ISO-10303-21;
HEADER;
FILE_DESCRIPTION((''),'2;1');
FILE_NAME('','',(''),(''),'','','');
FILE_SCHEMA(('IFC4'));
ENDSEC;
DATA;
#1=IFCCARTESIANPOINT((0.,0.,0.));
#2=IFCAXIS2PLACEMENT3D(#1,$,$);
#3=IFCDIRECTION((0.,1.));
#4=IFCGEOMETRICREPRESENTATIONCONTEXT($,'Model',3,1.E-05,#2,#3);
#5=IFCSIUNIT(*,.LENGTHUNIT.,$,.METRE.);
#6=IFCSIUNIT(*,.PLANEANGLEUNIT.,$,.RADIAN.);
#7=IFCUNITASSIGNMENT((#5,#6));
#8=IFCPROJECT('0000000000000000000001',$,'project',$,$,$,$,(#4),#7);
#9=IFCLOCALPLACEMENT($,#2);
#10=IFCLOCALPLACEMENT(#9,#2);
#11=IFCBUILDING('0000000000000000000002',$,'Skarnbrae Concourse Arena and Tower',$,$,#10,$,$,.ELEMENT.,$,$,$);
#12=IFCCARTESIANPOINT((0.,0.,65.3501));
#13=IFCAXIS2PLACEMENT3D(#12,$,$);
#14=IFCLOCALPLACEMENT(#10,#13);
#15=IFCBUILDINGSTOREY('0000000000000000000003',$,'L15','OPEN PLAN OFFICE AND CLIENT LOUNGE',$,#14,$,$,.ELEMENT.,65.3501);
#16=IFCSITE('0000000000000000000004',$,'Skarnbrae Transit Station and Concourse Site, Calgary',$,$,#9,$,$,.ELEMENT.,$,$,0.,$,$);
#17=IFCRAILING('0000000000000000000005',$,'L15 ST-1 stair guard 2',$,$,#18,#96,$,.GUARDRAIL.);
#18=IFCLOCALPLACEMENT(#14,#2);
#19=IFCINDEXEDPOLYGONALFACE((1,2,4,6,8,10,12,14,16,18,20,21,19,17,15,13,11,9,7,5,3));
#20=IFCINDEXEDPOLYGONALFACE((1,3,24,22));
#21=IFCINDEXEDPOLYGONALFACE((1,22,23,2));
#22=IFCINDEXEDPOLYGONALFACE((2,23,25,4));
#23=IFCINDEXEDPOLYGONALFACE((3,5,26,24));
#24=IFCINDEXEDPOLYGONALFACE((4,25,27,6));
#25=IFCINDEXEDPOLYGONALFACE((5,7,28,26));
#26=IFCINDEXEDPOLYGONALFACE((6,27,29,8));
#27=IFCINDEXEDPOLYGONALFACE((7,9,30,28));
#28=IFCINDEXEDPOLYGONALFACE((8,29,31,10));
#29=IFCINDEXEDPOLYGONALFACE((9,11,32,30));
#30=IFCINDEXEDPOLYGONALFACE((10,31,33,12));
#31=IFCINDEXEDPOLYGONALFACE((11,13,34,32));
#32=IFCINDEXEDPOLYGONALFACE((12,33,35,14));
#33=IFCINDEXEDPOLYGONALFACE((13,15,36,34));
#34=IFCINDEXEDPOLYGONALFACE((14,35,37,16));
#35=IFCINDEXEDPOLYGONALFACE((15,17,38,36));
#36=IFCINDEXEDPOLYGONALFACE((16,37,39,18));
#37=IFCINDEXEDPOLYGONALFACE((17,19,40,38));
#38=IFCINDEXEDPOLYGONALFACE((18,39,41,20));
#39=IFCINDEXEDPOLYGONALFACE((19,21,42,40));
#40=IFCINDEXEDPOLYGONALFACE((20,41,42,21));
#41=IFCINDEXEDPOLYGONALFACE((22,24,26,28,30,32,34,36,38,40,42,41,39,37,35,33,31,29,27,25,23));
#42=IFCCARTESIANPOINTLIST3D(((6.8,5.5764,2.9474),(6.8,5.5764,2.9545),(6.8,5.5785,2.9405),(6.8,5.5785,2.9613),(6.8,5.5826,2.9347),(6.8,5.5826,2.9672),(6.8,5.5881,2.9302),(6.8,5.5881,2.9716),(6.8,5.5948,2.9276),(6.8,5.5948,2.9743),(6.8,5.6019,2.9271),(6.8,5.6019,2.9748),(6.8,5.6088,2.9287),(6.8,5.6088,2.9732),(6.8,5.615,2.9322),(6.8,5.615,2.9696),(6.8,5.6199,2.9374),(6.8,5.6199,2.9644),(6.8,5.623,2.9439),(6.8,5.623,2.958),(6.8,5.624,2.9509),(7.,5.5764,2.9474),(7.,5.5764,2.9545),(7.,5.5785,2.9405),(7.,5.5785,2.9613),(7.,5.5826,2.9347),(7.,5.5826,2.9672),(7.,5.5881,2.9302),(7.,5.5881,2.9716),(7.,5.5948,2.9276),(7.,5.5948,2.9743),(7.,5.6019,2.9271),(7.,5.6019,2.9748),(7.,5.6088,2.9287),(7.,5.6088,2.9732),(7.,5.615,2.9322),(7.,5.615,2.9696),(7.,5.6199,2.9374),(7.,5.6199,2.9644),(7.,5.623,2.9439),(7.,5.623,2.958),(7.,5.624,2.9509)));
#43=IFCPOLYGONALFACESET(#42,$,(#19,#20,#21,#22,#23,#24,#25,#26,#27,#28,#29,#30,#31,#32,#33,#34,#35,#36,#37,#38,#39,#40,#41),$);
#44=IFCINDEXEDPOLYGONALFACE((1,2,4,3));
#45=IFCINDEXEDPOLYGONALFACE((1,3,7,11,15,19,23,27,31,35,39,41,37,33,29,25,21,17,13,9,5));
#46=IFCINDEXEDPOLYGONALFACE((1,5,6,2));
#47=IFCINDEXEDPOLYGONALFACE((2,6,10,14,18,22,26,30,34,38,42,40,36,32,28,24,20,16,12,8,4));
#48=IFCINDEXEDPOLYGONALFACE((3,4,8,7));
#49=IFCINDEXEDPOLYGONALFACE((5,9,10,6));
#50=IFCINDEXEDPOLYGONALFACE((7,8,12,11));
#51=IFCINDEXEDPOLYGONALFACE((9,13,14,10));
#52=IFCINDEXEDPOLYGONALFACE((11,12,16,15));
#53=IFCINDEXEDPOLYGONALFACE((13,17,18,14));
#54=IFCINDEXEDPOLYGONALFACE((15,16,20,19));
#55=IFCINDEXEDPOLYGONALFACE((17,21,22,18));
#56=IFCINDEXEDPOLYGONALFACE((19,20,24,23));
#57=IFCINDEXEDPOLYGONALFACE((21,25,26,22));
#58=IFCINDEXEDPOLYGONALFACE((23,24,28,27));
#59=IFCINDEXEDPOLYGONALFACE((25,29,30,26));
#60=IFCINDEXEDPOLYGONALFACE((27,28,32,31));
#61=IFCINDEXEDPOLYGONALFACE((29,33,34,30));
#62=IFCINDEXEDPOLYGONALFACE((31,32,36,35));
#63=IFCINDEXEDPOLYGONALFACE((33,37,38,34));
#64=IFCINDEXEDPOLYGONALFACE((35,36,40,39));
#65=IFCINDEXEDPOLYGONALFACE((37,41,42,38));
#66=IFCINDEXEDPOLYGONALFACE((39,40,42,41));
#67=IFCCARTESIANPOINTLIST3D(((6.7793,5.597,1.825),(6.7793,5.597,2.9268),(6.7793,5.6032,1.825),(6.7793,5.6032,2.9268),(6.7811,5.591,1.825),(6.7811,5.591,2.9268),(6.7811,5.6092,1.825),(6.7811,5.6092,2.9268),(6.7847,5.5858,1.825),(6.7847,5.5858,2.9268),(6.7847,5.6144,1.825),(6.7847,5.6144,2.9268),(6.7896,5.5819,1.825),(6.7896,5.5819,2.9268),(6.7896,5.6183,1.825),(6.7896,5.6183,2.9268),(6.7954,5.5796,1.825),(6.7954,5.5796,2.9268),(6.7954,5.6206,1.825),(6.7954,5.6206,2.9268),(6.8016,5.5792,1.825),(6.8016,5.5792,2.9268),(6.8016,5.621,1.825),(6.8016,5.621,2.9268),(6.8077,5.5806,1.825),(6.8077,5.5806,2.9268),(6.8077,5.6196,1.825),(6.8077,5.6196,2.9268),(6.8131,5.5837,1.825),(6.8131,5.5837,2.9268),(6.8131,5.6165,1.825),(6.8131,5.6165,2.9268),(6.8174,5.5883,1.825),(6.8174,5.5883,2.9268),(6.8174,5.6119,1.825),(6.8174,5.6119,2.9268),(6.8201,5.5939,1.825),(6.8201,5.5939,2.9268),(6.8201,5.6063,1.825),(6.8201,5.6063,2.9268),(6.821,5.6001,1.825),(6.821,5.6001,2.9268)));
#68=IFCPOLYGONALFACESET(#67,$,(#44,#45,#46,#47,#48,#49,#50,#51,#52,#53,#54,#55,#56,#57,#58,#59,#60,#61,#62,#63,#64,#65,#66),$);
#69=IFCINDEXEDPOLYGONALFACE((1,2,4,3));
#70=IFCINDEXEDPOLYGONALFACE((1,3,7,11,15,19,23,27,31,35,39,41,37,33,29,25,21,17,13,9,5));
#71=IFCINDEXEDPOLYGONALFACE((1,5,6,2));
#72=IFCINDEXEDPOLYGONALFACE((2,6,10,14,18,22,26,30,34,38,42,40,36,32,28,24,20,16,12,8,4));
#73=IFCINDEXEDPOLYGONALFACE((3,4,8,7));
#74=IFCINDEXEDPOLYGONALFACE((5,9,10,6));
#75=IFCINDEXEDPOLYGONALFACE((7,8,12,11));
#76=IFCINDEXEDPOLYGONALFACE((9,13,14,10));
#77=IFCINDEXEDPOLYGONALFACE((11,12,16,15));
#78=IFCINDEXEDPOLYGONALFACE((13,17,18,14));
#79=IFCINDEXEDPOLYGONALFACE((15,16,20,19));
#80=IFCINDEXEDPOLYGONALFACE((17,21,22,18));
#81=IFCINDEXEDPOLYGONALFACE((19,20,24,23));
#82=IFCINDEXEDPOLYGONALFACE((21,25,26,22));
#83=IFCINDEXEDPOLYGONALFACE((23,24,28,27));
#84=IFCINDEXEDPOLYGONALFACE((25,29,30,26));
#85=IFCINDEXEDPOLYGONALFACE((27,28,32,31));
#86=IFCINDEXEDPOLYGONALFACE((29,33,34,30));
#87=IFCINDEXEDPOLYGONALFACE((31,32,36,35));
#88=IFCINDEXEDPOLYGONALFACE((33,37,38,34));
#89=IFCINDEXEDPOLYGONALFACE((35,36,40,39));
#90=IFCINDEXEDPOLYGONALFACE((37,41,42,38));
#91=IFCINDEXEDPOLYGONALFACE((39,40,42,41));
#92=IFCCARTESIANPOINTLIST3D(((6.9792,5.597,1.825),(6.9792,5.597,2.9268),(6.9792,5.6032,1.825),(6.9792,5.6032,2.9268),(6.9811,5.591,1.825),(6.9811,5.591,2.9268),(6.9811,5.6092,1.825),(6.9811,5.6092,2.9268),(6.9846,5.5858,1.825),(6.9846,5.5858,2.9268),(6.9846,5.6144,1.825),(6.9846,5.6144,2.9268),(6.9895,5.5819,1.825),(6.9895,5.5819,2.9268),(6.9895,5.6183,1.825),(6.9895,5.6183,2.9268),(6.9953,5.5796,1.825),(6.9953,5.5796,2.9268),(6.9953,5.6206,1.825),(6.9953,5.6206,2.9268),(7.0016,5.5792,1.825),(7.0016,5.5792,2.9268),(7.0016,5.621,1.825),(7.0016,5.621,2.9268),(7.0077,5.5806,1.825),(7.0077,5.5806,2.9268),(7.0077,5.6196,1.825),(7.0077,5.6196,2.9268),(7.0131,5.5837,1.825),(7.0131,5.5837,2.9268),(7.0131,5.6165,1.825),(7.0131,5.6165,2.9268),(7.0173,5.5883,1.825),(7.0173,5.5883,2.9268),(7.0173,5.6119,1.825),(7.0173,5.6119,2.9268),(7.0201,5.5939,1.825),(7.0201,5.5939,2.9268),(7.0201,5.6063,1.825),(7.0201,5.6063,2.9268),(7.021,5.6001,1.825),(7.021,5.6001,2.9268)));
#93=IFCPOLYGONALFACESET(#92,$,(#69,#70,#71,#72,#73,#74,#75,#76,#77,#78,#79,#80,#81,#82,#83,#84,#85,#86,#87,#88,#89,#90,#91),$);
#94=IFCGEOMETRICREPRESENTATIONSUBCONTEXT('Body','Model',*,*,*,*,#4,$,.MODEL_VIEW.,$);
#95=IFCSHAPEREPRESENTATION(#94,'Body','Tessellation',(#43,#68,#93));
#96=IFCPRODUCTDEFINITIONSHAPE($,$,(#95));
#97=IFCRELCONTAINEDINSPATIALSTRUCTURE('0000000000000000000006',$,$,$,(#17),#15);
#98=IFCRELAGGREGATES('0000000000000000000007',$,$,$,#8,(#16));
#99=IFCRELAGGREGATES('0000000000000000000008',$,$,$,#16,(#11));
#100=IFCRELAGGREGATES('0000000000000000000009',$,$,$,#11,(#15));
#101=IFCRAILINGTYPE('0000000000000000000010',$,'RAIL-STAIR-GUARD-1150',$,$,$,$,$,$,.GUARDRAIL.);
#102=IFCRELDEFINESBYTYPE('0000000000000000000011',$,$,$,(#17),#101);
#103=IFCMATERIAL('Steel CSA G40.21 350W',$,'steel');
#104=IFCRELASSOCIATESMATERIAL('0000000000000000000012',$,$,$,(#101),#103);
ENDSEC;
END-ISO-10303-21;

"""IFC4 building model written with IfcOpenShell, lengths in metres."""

from ifc_helpers import new_model, si_unit, direction, frame, origin, origin_2d, place, context, subcontext, project, spatial, circle, extrude, material, type_object, element, save


model = new_model("IFC4")

# Units and contexts
model_context = context("Model", 3, precision=1e-05, world=origin(), true_north=direction((0.0, 1.0)))
body_context = subcontext(model_context, "Body", "Model", "MODEL_VIEW")
ifc_project = project(units=[si_unit("LENGTHUNIT", "METRE"), si_unit("PLANEANGLEUNIT", "RADIAN")], contexts=[model_context])

# Site, building, storey
site_placement = place(None, origin())
site = spatial("IfcSite", under=ifc_project, at=site_placement, Name="Skarnbrae Transit Station and Concourse Site, Calgary", CompositionType="ELEMENT", RefElevation=0.0)
building_placement = place(site_placement, origin())
building = spatial("IfcBuilding", under=site, at=building_placement, Name="Skarnbrae Concourse Arena and Tower", CompositionType="ELEMENT")
storey_placement = place(building_placement, frame((0.0, 0.0, 65.3501)))
storey = spatial("IfcBuildingStorey", under=building, at=storey_placement, Name="L15", Description="OPEN PLAN OFFICE AND CLIENT LOUNGE", CompositionType="ELEMENT", Elevation=65.3501)

# Shared definitions
ifc_material_1 = material(Name="Steel CSA G40.21 350W", Category="steel")

# Railing
railing_type_1 = type_object("IfcRailingType", Name="RAIL-STAIR-GUARD-1150", PredefinedType="GUARDRAIL", material=ifc_material_1)
railing_1_placement = place(storey_placement, frame((6.8, 5.6001, 1.825)))
element("IfcRailing", 1, at=railing_1_placement, inside=storey, type_object=railing_type_1, Name="L15 ST-1 stair guard 2", PredefinedType="GUARDRAIL", context=body_context, shape_type="SweptSolid", body=[
    extrude(circle(Radius=0.0239, at=origin_2d()), frame((0.0, 0.0, 1.126), z_axis=(1.0, 0.0, 0.0), x_axis=(0.0, 1.0, 0.0)), (0.0, 0.0, 1.0), 0.2),
    extrude(circle(Radius=0.021, at=origin_2d()), origin(), (0.0, 0.0, 1.0), 1.1018),
    extrude(circle(Radius=0.021, at=origin_2d()), frame((0.2, 0.0, 0.0)), (0.0, 0.0, 1.0), 1.1018),
])

save(model, "model.ifc")
